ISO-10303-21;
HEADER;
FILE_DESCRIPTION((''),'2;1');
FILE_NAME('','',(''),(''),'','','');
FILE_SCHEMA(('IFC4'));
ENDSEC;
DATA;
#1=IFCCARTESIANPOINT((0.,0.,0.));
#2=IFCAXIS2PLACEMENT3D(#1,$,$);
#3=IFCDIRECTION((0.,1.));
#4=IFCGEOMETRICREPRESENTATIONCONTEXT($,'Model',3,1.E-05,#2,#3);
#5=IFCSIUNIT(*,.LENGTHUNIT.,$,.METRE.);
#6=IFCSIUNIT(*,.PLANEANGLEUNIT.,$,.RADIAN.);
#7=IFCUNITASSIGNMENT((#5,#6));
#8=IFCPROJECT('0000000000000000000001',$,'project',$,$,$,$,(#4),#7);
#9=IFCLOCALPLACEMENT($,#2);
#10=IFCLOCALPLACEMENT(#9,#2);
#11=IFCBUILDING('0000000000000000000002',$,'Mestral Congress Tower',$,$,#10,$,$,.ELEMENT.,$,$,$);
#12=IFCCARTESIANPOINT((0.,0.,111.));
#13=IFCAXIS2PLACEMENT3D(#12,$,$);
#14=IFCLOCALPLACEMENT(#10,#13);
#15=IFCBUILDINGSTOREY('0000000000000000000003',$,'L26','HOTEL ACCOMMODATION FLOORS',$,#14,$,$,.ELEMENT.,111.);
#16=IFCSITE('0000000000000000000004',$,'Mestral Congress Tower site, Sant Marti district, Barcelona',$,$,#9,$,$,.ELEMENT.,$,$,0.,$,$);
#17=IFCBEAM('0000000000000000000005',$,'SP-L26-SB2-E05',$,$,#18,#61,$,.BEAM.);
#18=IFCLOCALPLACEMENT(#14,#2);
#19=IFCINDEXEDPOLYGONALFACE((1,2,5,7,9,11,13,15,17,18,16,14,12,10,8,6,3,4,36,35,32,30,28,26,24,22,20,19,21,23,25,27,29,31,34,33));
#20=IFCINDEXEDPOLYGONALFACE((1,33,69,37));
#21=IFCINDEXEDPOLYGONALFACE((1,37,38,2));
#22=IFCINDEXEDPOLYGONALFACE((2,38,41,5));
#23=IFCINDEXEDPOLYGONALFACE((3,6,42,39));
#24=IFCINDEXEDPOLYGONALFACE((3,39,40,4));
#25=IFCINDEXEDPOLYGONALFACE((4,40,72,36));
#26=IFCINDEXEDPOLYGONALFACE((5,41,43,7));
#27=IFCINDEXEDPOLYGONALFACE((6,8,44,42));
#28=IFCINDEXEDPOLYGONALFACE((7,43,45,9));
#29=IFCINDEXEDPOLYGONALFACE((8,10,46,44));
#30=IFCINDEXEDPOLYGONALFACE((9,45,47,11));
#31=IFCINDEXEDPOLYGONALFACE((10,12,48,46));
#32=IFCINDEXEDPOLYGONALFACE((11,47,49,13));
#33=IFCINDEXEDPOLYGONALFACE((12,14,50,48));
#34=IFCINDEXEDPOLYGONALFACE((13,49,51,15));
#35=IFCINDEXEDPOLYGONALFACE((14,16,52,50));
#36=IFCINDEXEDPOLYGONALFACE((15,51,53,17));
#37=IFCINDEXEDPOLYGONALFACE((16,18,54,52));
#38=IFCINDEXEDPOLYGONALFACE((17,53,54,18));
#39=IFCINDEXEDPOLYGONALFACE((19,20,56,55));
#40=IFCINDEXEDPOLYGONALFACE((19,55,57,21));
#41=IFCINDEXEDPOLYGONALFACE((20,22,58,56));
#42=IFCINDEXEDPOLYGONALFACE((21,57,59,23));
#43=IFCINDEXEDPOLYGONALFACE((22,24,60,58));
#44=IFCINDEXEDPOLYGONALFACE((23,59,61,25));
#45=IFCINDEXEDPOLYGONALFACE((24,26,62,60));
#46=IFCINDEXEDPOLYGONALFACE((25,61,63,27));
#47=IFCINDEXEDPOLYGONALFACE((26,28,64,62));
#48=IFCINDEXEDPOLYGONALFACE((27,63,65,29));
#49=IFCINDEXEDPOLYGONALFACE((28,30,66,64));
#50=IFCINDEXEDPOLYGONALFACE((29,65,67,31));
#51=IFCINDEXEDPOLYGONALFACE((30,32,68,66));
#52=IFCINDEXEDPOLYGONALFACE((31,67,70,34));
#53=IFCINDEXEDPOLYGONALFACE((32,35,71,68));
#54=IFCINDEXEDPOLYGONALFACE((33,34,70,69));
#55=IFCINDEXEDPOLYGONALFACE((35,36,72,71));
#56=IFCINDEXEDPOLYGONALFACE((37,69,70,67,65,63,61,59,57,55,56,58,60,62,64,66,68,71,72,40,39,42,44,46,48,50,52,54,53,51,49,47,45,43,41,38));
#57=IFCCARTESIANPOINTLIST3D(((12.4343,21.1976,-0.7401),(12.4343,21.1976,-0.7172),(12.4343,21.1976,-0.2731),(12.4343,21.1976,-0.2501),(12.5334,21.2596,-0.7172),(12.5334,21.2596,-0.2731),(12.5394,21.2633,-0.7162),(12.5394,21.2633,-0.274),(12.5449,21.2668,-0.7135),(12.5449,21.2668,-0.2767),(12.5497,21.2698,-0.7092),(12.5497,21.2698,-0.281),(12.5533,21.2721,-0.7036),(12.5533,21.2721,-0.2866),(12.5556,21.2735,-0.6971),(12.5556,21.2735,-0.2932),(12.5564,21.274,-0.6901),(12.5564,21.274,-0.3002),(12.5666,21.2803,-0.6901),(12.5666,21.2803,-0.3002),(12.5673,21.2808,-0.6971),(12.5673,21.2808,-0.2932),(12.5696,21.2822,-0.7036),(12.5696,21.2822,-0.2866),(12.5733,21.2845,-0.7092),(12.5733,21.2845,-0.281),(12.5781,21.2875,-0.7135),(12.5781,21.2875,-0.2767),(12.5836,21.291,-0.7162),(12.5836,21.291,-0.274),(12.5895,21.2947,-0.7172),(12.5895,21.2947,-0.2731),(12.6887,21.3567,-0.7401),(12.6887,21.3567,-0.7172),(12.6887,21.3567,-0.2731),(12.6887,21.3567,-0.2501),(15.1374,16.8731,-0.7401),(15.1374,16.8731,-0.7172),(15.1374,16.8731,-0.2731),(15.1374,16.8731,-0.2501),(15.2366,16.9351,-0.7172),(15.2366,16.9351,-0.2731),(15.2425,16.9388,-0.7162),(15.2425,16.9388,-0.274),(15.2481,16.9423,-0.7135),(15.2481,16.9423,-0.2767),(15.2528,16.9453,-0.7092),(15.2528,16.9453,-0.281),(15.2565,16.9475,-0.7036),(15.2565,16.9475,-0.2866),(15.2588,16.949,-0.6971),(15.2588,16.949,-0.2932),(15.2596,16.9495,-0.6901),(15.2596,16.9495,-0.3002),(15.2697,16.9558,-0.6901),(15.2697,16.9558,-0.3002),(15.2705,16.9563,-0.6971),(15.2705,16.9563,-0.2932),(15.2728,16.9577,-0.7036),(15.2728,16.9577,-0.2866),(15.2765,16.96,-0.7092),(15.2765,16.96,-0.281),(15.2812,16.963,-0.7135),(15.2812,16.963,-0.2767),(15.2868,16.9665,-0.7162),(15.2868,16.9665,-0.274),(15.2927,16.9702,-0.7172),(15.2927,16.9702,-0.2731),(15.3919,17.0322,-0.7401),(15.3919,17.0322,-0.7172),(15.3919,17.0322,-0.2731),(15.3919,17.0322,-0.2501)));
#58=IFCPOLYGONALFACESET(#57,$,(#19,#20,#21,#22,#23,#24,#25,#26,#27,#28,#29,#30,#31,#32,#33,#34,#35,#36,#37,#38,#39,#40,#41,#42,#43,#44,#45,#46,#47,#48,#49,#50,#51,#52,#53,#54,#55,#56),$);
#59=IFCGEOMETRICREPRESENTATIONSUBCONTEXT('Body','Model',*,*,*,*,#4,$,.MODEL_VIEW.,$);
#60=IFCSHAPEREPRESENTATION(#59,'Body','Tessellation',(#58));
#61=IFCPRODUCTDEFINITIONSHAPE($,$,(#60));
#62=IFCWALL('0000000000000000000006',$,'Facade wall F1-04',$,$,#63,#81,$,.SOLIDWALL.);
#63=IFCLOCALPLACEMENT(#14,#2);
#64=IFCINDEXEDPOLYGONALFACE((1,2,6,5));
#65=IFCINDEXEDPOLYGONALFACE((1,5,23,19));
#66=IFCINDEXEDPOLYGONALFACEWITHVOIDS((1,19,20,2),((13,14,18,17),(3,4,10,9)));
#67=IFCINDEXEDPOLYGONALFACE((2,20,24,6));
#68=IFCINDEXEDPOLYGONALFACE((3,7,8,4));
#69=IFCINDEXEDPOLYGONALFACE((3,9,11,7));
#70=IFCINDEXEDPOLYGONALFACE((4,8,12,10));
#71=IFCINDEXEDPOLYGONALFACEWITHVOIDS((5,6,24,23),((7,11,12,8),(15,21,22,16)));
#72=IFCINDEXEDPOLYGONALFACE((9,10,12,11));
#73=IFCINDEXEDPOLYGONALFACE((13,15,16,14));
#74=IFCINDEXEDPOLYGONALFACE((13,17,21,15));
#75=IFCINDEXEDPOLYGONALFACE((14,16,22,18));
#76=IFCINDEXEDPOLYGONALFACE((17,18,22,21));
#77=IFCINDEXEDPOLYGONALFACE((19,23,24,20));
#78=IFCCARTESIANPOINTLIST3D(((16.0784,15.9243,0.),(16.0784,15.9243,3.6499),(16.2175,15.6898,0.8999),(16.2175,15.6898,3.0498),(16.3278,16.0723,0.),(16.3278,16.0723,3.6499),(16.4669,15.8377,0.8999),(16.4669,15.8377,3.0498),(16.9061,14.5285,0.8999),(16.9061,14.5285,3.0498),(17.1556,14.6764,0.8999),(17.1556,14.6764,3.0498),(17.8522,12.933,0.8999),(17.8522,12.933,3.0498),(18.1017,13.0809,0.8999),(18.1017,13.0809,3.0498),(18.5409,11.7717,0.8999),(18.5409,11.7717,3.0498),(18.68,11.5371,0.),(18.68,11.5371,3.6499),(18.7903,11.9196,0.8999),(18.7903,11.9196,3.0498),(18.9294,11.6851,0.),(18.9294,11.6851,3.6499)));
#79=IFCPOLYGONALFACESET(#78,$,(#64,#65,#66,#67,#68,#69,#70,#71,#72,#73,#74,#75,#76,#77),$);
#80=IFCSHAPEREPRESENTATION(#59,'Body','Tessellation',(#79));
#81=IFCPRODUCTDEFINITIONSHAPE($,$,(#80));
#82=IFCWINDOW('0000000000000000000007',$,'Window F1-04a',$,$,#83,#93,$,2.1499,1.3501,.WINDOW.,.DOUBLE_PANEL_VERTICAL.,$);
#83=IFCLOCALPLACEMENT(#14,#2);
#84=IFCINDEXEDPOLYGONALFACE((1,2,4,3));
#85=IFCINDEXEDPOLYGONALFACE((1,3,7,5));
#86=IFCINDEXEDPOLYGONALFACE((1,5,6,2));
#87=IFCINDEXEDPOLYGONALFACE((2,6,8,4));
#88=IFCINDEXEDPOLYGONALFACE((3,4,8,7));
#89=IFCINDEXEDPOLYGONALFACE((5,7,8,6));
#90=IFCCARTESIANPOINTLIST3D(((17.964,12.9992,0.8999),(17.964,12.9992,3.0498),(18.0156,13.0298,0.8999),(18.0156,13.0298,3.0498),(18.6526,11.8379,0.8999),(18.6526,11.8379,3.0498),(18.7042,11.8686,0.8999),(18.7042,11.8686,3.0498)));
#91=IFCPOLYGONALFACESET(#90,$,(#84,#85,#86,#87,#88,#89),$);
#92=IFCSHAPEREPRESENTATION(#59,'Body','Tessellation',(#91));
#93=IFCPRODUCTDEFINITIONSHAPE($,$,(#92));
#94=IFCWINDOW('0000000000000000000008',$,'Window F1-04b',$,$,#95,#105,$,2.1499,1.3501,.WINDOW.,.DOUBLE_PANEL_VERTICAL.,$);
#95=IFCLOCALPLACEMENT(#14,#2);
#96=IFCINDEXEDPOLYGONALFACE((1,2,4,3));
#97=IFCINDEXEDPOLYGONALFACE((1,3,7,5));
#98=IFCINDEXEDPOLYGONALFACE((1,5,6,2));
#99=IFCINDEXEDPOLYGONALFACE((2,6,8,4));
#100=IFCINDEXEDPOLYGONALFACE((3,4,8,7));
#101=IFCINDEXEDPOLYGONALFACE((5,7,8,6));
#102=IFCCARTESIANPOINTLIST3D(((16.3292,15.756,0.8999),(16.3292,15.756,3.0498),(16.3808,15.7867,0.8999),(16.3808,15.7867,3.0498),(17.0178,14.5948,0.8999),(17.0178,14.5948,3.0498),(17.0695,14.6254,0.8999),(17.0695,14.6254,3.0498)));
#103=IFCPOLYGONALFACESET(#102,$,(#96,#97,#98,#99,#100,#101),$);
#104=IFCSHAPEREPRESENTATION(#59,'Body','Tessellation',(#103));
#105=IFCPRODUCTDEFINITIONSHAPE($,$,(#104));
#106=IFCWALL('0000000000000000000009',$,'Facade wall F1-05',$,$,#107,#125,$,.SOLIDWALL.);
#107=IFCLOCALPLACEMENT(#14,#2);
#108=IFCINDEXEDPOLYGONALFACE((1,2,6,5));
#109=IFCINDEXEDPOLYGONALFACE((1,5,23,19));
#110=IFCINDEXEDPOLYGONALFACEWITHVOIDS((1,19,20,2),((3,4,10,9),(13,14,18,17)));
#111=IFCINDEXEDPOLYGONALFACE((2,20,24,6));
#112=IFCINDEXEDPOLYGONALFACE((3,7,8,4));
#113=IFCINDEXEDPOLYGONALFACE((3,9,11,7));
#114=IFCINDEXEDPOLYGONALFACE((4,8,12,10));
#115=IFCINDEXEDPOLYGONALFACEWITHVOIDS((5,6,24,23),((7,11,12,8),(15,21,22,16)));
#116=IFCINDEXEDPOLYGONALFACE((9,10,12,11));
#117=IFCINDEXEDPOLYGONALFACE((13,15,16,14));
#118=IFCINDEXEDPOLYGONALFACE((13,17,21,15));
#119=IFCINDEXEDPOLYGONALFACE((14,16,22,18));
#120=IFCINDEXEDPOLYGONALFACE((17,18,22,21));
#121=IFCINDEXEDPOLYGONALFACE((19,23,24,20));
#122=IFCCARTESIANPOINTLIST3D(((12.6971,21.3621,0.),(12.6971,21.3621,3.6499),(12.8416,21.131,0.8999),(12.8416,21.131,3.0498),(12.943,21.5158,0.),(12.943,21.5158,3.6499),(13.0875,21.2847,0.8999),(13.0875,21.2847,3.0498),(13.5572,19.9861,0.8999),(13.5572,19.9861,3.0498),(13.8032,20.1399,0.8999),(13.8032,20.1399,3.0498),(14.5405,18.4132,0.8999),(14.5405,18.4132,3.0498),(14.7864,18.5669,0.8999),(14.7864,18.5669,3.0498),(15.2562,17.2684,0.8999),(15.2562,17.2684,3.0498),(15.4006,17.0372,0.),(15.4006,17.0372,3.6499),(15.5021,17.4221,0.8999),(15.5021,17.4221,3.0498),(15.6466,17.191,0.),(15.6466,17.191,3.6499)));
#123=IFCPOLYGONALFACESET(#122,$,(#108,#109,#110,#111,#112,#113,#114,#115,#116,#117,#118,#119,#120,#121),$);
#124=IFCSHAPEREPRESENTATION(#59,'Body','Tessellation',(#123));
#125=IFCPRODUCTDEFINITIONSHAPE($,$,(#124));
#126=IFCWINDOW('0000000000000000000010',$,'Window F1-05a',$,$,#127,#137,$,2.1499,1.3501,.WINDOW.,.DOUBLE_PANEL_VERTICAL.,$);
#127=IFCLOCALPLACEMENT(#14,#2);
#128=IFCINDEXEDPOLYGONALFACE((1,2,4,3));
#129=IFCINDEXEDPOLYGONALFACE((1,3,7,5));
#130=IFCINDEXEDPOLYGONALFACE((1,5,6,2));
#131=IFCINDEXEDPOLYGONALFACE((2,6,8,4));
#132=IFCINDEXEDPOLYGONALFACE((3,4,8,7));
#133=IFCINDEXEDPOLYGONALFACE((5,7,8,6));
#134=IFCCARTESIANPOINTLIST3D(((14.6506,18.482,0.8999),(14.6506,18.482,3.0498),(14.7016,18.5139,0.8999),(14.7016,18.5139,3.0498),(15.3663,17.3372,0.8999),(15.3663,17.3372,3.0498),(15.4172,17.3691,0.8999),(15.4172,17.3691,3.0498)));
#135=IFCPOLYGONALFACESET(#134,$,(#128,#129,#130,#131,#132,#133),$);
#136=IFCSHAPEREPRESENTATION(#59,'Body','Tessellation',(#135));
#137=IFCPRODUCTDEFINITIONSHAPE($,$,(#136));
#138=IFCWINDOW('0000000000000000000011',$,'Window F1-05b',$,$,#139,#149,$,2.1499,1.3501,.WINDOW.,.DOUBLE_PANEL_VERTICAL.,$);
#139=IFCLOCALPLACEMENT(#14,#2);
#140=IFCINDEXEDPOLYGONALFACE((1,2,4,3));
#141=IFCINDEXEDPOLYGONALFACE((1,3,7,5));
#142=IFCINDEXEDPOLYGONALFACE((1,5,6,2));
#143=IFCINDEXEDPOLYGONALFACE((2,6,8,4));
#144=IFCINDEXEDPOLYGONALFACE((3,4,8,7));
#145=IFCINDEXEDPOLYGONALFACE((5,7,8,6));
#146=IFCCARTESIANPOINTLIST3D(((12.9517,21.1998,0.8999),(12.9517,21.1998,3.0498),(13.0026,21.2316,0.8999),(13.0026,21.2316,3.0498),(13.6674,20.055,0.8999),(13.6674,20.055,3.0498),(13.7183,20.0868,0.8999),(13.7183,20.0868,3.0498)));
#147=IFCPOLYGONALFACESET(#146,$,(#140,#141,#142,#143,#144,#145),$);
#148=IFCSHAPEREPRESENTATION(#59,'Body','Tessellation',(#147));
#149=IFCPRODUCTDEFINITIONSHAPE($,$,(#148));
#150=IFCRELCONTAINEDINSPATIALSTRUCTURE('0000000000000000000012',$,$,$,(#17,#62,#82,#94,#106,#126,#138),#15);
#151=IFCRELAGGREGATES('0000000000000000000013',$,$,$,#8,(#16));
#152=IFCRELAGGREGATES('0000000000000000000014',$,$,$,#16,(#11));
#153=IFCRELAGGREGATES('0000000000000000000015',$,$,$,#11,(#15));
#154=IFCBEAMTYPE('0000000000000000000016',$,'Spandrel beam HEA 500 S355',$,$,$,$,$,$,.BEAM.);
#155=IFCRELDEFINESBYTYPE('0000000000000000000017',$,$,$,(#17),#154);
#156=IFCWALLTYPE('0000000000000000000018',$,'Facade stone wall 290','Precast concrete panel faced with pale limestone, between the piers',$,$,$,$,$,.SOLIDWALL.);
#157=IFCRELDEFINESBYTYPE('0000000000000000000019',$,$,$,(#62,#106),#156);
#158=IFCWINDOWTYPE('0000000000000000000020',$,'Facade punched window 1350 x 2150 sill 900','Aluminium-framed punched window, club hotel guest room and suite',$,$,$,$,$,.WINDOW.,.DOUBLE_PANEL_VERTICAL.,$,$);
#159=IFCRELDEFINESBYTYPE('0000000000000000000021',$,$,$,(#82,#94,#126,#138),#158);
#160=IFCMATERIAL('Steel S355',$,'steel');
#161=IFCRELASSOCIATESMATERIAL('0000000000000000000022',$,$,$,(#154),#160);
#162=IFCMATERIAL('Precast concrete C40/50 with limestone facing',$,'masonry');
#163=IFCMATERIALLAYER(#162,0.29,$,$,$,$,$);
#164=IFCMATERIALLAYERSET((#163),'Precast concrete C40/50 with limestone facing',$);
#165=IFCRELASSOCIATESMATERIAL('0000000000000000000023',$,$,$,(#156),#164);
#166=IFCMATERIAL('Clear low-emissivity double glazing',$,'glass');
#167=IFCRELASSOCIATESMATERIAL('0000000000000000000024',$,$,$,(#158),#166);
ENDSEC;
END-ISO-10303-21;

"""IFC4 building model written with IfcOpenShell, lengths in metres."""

from ifc_helpers import new_model, si_unit, direction, frame, frame_2d, origin, origin_2d, place, context, subcontext, project, spatial, rectangle, i_section, extrude, material, layer, layer_set, material_profile, profile_set, type_object, element, fill, save


model = new_model("IFC4")

# Units and contexts
model_context = context("Model", 3, precision=1e-05, world=origin(), true_north=direction((0.0, 1.0)))
body_context = subcontext(model_context, "Body", "Model", "MODEL_VIEW")
ifc_project = project(units=[si_unit("LENGTHUNIT", "METRE"), si_unit("PLANEANGLEUNIT", "RADIAN")], contexts=[model_context])

# Site, building, storey
site_placement = place(None, origin())
site = spatial("IfcSite", under=ifc_project, at=site_placement, Name="Mestral Congress Tower site, Sant Marti district, Barcelona", CompositionType="ELEMENT", RefElevation=0.0)
building_placement = place(site_placement, origin())
building = spatial("IfcBuilding", under=site, at=building_placement, Name="Mestral Congress Tower", CompositionType="ELEMENT")
storey_placement = place(building_placement, frame((0.0, 0.0, 111.0)))
storey = spatial("IfcBuildingStorey", under=building, at=storey_placement, Name="L26", Description="HOTEL ACCOMMODATION FLOORS", CompositionType="ELEMENT", Elevation=111.0)

# Beam
ifc_material_1 = material(Name="Steel S355", Category="steel")
ifc_material_profile_1 = material_profile(ifc_material_1, i_section(OverallWidth=0.3, OverallDepth=0.49, WebThickness=0.012, FlangeThickness=0.0229, FilletRadius=0.0271, at=origin_2d()), Name="HEA 500")
ifc_profile_set_1 = profile_set([ifc_material_profile_1], Name="Steel S355")
beam_type_1 = type_object("IfcBeamType", Name="Spandrel beam HEA 500 S355", PredefinedType="BEAM", material=ifc_profile_set_1)
for number, where, z_axis, x_axis, name in (
    (1, (15.2646, 16.9526, -0.4951), (-0.530046, 0.847969, 0.0), (-0.847969, -0.530046, 0.0), "SP-L26-SB2-E05"),
):
    element("IfcBeam", number, at=place(storey_placement, frame(where, z_axis=z_axis, x_axis=x_axis)), inside=storey, type_object=beam_type_1, Name=name, PredefinedType="BEAM", context=body_context, shape_type="SweptSolid", body=[
        extrude(i_section(OverallWidth=0.3, OverallDepth=0.49, WebThickness=0.012, FlangeThickness=0.0229, FilletRadius=0.0271, at=origin_2d()), origin(), (0.0, 0.0, 1.0), 5.0999),
    ])

# Walls, openings, windows
ifc_material_2 = material(Name="Precast concrete C40/50 with limestone facing", Category="masonry")
ifc_layer_1 = layer(ifc_material_2, 0.29)
ifc_layer_set_1 = layer_set([ifc_layer_1], Name="Precast concrete C40/50 with limestone facing")
wall_type_1 = type_object("IfcWallType", Name="Facade stone wall 290", Description="Precast concrete panel faced with pale limestone, between the piers", PredefinedType="SOLIDWALL", material=ifc_layer_set_1)
wall_1_placement = place(storey_placement, frame((18.8047, 11.6111, 0.0), z_axis=(0.0, 0.0, 1.0), x_axis=(-0.510054, 0.860142, 0.0)))
wall_1 = element("IfcWall", 2, at=wall_1_placement, inside=storey, type_object=wall_type_1, Name="Facade wall F1-04", PredefinedType="SOLIDWALL", context=body_context, shape_type="SweptSolid", body=[
    extrude(rectangle(XDim=5.1006, YDim=0.29, at=frame_2d((2.5503, 0.0))), origin(), (0.0, 0.0, 1.0), 3.6499),
])
opening_1_placement = place(wall_1_placement, frame((0.2727, 0.0, 0.8999)))
opening_1 = element("IfcOpeningElement", 3, at=opening_1_placement, cuts=wall_1, PredefinedType="OPENING", context=body_context, shape_type="SweptSolid", body=[
    extrude(rectangle(XDim=1.3501, YDim=2.1499, at=frame_2d((0.675, 1.075))), frame((0.0, 0.155, 0.0), z_axis=(0.0, -1.0, 0.0), x_axis=(1.0, 0.0, 0.0)), (0.0, 0.0, 1.0), 0.3101),
])
opening_2_placement = place(wall_1_placement, frame((3.4778, 0.0, 0.8999)))
opening_2 = element("IfcOpeningElement", 4, at=opening_2_placement, cuts=wall_1, PredefinedType="OPENING", context=body_context, shape_type="SweptSolid", body=[
    extrude(rectangle(XDim=1.3501, YDim=2.1499, at=frame_2d((0.675, 1.075))), frame((0.0, 0.155, 0.0), z_axis=(0.0, -1.0, 0.0), x_axis=(1.0, 0.0, 0.0)), (0.0, 0.0, 1.0), 0.3101),
])
ifc_material_3 = material(Name="Clear low-emissivity double glazing", Category="glass")
window_type = type_object("IfcWindowType", Name="Facade punched window 1350 x 2150 sill 900", Description="Aluminium-framed punched window, club hotel guest room and suite", PartitioningType="DOUBLE_PANEL_VERTICAL", PredefinedType="WINDOW", material=ifc_material_3)
window_1_placement = place(opening_1_placement, origin())
window_1 = element("IfcWindow", 5, at=window_1_placement, inside=storey, type_object=window_type, Name="Window F1-04a", OverallHeight=2.1499, OverallWidth=1.3501, PartitioningType="DOUBLE_PANEL_VERTICAL", PredefinedType="WINDOW", context=body_context, shape_type="SweptSolid", body=[
    extrude(rectangle(XDim=1.3501, YDim=2.1499, at=frame_2d((0.675, 1.075))), frame((0.0, 0.0151, 0.0), z_axis=(0.0, -1.0, 0.0), x_axis=(1.0, 0.0, 0.0)), (0.0, 0.0, 1.0), 0.0601),
])
fill(opening_1, window_1)
window_2_placement = place(opening_2_placement, origin())
window_2 = element("IfcWindow", 6, at=window_2_placement, inside=storey, type_object=window_type, Name="Window F1-04b", OverallHeight=2.1499, OverallWidth=1.3501, PartitioningType="DOUBLE_PANEL_VERTICAL", PredefinedType="WINDOW", context=body_context, shape_type="SweptSolid", body=[
    extrude(rectangle(XDim=1.3501, YDim=2.1499, at=frame_2d((0.675, 1.075))), frame((0.0, 0.0151, 0.0), z_axis=(0.0, -1.0, 0.0), x_axis=(1.0, 0.0, 0.0)), (0.0, 0.0, 1.0), 0.0601),
])
fill(opening_2, window_2)
wall_2_placement = place(storey_placement, frame((15.5237, 17.114, 0.0), z_axis=(0.0, 0.0, 1.0), x_axis=(-0.530072, 0.847953, 0.0)))
wall_2 = element("IfcWall", 7, at=wall_2_placement, inside=storey, type_object=wall_type_1, Name="Facade wall F1-05", PredefinedType="SOLIDWALL", context=body_context, shape_type="SweptSolid", body=[
    extrude(rectangle(XDim=5.1003, YDim=0.29, at=frame_2d((2.5503, 0.0))), origin(), (0.0, 0.0, 1.0), 3.6499),
])
opening_3_placement = place(wall_2_placement, frame((0.2727, 0.0, 0.8999)))
opening_3 = element("IfcOpeningElement", 8, at=opening_3_placement, cuts=wall_2, PredefinedType="OPENING", context=body_context, shape_type="SweptSolid", body=[
    extrude(rectangle(XDim=1.3501, YDim=2.1499, at=frame_2d((0.675, 1.075))), frame((0.0, 0.155, 0.0), z_axis=(0.0, -1.0, 0.0), x_axis=(1.0, 0.0, 0.0)), (0.0, 0.0, 1.0), 0.3101),
])
opening_4_placement = place(wall_2_placement, frame((3.4778, 0.0, 0.8999)))
opening_4 = element("IfcOpeningElement", 9, at=opening_4_placement, cuts=wall_2, PredefinedType="OPENING", context=body_context, shape_type="SweptSolid", body=[
    extrude(rectangle(XDim=1.3501, YDim=2.1499, at=frame_2d((0.675, 1.075))), frame((0.0, 0.155, 0.0), z_axis=(0.0, -1.0, 0.0), x_axis=(1.0, 0.0, 0.0)), (0.0, 0.0, 1.0), 0.3101),
])
window_3_placement = place(opening_3_placement, origin())
window_3 = element("IfcWindow", 10, at=window_3_placement, inside=storey, type_object=window_type, Name="Window F1-05a", OverallHeight=2.1499, OverallWidth=1.3501, PartitioningType="DOUBLE_PANEL_VERTICAL", PredefinedType="WINDOW", context=body_context, shape_type="SweptSolid", body=[
    extrude(rectangle(XDim=1.3501, YDim=2.1499, at=frame_2d((0.675, 1.075))), frame((0.0, 0.0151, 0.0), z_axis=(0.0, -1.0, 0.0), x_axis=(1.0, 0.0, 0.0)), (0.0, 0.0, 1.0), 0.0601),
])
fill(opening_3, window_3)
window_4_placement = place(opening_4_placement, origin())
window_4 = element("IfcWindow", 11, at=window_4_placement, inside=storey, type_object=window_type, Name="Window F1-05b", OverallHeight=2.1499, OverallWidth=1.3501, PartitioningType="DOUBLE_PANEL_VERTICAL", PredefinedType="WINDOW", context=body_context, shape_type="SweptSolid", body=[
    extrude(rectangle(XDim=1.3501, YDim=2.1499, at=frame_2d((0.675, 1.075))), frame((0.0, 0.0151, 0.0), z_axis=(0.0, -1.0, 0.0), x_axis=(1.0, 0.0, 0.0)), (0.0, 0.0, 1.0), 0.0601),
])
fill(opening_4, window_4)

save(model, "model.ifc")
